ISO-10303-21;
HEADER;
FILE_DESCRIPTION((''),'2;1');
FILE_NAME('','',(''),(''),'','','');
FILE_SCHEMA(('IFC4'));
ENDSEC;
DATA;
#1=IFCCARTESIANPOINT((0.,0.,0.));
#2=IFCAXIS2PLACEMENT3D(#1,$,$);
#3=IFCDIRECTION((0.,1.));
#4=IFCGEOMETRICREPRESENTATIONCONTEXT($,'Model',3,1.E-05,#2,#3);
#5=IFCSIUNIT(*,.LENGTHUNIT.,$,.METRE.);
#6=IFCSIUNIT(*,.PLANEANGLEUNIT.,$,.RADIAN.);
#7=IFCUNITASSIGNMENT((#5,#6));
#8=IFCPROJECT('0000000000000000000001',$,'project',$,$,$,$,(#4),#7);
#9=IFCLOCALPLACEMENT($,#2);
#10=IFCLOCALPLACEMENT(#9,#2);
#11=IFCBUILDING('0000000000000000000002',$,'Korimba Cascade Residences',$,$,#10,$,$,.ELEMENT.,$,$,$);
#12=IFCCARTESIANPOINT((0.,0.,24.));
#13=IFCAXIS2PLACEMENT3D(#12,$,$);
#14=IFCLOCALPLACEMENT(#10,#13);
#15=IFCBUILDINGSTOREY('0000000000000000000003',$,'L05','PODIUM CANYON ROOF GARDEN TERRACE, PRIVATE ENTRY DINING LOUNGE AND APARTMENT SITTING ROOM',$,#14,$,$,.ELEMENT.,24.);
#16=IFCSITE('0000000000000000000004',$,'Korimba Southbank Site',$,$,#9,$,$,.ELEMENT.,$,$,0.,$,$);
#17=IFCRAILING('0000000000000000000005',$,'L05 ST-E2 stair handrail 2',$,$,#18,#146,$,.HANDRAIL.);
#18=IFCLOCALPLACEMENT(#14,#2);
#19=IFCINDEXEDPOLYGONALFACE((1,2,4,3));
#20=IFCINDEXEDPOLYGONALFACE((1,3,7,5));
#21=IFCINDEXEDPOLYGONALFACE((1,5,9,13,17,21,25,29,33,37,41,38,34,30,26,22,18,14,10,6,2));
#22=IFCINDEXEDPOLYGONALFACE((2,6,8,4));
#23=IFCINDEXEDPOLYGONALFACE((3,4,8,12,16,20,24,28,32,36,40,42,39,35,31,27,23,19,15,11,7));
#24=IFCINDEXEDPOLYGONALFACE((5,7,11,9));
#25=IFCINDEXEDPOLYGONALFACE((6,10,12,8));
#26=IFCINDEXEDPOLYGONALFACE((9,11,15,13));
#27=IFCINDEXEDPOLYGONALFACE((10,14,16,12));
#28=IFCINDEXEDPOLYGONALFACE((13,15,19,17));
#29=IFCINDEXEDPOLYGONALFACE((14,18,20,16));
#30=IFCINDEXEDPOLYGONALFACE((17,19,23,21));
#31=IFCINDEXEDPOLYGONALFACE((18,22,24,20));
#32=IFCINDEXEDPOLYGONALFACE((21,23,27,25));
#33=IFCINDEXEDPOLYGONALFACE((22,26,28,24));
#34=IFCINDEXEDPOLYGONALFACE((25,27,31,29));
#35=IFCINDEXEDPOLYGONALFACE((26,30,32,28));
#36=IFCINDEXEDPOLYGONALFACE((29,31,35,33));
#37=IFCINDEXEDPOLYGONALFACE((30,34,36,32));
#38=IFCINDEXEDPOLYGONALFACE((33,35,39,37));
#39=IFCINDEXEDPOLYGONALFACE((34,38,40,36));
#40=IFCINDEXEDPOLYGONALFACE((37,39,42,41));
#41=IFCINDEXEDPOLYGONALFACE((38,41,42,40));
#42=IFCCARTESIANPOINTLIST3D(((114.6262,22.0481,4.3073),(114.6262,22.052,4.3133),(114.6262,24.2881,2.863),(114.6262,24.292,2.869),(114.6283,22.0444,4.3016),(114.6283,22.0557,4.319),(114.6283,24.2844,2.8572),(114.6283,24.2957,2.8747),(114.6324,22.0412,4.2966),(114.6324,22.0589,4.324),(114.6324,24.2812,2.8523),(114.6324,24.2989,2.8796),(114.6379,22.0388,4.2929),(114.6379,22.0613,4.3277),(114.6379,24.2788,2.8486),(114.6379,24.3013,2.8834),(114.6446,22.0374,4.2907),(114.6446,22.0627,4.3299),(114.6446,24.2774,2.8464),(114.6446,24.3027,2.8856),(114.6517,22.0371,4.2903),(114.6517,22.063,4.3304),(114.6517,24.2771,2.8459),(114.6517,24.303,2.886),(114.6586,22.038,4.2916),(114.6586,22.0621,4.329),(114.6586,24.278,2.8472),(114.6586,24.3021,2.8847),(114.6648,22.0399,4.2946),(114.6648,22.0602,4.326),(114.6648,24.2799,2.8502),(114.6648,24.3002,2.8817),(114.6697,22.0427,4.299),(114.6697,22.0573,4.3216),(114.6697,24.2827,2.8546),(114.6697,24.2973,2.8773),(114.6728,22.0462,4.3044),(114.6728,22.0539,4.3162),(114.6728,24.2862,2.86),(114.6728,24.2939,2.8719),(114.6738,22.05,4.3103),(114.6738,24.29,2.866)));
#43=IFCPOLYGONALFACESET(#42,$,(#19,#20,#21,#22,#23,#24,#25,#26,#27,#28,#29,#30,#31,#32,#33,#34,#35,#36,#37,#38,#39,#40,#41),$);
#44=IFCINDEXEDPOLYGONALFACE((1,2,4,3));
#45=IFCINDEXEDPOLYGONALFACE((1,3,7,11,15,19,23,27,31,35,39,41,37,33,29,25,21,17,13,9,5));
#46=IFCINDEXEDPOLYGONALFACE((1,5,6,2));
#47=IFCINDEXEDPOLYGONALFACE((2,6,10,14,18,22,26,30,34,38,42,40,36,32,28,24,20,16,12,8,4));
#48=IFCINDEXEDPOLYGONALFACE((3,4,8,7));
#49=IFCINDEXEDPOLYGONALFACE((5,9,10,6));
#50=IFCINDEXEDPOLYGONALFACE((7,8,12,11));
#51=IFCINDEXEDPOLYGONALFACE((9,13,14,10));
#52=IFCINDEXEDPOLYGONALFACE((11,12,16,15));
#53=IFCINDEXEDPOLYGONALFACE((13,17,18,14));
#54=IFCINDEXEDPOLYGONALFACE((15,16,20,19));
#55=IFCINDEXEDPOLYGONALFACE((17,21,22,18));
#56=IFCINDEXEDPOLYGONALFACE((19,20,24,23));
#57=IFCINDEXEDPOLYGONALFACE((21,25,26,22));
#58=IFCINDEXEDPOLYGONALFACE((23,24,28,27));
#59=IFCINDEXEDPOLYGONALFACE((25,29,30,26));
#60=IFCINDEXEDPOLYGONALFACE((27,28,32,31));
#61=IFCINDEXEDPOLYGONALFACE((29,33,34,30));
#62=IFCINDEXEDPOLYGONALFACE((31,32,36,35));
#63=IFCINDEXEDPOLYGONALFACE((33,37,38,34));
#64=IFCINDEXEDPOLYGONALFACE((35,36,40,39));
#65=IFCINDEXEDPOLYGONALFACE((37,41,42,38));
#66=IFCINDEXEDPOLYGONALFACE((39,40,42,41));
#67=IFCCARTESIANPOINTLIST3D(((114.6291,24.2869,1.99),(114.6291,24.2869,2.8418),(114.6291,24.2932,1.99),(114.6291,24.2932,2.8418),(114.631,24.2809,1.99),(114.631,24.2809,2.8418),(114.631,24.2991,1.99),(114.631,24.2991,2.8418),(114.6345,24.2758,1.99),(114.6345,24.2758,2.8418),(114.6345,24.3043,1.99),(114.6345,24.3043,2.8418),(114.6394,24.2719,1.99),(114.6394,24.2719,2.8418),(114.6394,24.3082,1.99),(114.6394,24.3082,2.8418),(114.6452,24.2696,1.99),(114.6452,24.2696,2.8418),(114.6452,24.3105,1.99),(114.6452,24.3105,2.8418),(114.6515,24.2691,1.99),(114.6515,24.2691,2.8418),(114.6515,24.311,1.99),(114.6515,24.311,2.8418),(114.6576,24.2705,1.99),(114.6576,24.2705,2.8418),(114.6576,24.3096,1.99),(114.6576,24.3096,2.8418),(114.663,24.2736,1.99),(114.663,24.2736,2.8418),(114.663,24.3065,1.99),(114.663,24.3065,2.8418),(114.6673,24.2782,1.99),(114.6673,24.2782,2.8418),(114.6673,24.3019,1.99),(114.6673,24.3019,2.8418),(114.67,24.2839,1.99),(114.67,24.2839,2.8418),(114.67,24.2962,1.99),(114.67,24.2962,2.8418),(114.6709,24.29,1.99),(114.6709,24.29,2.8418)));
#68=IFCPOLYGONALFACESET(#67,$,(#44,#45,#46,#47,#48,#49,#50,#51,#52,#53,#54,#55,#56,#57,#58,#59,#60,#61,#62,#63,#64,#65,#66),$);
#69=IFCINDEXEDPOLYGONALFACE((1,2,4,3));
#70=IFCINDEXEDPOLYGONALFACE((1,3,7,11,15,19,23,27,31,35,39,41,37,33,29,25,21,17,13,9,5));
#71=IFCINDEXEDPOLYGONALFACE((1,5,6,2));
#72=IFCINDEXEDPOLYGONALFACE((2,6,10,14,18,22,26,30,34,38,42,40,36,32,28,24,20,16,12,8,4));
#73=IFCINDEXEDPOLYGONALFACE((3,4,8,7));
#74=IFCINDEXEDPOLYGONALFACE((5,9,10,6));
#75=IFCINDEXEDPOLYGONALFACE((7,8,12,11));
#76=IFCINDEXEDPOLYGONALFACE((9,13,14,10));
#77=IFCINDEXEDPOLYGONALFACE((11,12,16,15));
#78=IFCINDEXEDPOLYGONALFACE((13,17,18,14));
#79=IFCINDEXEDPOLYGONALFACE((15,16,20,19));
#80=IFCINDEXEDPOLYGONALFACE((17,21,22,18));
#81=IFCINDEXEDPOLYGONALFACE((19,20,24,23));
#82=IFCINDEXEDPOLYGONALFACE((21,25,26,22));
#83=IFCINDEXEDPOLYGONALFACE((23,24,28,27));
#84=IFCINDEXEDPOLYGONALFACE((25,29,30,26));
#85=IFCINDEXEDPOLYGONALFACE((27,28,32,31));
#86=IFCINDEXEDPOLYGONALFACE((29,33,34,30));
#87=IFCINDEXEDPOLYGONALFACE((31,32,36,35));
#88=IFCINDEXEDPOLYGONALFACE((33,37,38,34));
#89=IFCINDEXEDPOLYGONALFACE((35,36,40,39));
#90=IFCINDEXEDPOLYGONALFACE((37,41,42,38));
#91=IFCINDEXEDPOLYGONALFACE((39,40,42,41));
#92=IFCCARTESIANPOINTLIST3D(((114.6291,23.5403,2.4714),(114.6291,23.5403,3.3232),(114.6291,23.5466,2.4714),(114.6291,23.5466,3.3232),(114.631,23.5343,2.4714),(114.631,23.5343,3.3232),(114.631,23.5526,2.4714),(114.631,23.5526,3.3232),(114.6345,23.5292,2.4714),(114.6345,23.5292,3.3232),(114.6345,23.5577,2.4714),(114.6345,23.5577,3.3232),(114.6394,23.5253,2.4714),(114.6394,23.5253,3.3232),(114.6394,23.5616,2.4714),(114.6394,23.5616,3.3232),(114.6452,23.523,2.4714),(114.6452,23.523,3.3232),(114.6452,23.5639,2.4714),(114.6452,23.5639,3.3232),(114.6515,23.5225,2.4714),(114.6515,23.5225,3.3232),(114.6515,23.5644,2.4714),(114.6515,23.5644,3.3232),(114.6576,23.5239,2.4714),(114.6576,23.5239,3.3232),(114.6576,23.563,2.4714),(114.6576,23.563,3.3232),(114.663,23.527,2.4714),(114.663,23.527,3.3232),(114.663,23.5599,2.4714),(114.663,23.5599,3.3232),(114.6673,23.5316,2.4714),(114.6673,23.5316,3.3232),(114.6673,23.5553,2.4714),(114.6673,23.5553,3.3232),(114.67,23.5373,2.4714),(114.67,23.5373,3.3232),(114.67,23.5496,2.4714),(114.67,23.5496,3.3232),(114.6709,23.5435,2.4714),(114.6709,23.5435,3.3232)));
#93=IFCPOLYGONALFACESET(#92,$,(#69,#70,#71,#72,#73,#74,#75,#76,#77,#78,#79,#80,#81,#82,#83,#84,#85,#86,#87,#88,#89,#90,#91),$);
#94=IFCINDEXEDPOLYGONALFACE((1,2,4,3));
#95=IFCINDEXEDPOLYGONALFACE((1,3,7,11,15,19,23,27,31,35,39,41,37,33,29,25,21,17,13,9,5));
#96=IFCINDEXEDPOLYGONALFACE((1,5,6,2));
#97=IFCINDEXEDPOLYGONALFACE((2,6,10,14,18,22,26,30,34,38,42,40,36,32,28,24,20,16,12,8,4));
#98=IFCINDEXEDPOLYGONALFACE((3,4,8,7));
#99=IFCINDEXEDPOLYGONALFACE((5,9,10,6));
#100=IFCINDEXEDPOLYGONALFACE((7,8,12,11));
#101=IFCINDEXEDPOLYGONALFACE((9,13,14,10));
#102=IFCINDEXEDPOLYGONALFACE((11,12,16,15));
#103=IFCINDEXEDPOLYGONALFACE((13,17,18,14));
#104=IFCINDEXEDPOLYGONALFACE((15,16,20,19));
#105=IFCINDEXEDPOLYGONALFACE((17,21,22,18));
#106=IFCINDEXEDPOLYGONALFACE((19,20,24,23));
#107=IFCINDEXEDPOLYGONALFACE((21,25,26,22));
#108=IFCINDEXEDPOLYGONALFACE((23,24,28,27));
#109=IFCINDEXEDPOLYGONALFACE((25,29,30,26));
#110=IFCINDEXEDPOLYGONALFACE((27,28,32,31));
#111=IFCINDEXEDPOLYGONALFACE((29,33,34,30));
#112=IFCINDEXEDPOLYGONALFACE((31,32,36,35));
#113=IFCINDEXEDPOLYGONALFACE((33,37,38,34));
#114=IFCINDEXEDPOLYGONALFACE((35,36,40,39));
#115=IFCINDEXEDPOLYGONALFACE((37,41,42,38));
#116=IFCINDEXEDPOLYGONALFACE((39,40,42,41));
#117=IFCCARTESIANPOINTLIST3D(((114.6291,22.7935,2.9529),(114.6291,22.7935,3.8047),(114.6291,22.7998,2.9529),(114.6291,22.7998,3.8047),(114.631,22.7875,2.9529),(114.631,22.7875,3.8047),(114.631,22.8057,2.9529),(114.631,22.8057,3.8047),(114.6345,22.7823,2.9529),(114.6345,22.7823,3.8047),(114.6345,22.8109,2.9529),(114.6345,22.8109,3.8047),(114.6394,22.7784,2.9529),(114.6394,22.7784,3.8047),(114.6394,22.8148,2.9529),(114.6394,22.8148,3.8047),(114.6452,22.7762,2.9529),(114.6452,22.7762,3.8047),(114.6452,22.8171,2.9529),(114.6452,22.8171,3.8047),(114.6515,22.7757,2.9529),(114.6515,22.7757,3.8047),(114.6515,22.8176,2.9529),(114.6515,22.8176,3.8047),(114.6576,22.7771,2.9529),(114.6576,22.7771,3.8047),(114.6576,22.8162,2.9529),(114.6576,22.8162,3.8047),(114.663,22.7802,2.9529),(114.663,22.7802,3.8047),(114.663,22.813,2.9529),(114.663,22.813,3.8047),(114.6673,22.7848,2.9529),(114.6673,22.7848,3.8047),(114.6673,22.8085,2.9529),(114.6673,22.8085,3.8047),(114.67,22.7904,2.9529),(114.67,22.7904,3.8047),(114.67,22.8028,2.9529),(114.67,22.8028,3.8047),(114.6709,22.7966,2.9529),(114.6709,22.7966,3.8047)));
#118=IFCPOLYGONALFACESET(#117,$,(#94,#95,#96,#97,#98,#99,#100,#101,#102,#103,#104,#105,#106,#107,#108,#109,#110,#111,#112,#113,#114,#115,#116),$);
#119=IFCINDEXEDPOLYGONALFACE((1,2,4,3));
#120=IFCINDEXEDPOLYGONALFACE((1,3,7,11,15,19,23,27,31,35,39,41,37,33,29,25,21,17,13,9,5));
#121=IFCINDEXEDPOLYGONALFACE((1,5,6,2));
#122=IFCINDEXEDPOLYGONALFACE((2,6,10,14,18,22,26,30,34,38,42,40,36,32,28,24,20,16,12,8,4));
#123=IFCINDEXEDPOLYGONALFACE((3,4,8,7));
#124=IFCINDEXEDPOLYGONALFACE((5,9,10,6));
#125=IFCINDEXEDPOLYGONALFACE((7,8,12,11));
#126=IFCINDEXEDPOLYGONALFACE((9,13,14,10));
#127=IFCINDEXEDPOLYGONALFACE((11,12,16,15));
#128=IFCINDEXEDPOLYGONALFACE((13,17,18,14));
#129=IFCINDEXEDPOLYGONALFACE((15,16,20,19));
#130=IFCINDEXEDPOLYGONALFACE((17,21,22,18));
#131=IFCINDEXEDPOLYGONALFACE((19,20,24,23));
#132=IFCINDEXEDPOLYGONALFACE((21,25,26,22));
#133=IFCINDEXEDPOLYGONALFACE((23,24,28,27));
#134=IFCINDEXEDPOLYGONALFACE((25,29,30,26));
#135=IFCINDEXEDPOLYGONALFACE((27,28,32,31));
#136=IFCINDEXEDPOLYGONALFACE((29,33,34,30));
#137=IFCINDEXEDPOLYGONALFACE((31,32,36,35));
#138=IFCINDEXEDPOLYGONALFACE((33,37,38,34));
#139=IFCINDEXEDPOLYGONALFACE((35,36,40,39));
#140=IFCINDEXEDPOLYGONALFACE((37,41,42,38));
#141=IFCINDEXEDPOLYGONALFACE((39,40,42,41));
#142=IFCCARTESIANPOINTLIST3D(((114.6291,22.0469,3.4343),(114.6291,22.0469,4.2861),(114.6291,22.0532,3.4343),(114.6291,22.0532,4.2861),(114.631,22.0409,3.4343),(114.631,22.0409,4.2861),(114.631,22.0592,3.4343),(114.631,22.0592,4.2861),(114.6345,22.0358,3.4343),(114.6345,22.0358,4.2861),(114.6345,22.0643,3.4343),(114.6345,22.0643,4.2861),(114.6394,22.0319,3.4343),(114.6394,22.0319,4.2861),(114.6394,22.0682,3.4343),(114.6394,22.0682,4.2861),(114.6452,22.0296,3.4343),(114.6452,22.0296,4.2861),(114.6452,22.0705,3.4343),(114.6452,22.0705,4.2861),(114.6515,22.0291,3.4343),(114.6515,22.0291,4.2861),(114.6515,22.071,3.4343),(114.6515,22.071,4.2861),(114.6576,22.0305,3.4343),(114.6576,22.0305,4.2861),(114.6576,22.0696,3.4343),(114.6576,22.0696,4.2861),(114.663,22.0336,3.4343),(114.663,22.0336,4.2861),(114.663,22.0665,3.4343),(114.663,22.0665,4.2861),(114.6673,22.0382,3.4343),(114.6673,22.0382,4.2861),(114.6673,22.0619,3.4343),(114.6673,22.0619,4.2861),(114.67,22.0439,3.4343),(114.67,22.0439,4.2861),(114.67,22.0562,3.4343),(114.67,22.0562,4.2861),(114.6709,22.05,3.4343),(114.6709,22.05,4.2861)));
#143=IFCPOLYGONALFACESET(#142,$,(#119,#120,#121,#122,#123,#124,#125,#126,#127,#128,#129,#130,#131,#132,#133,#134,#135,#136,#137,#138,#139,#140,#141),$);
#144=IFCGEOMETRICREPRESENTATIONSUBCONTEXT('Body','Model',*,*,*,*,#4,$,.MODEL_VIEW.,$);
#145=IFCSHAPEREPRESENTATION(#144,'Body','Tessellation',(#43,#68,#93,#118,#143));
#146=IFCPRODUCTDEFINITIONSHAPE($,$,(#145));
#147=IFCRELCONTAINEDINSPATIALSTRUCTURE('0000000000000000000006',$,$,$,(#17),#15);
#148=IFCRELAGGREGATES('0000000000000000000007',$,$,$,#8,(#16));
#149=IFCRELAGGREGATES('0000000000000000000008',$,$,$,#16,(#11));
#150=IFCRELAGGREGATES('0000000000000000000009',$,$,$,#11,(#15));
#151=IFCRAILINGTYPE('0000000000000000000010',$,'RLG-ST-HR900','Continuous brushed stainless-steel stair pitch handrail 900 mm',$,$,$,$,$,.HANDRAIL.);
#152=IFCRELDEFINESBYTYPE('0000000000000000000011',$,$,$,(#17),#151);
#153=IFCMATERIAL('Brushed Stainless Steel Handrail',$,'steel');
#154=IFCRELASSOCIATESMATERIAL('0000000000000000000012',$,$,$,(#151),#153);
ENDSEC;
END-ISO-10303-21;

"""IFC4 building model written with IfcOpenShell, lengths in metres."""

from ifc_helpers import new_model, si_unit, direction, frame, origin, origin_2d, place, context, subcontext, project, spatial, circle, extrude, material, type_object, element, save


model = new_model("IFC4")

# Units and contexts
model_context = context("Model", 3, precision=1e-05, world=origin(), true_north=direction((0.0, 1.0)))
body_context = subcontext(model_context, "Body", "Model", "MODEL_VIEW")
ifc_project = project(units=[si_unit("LENGTHUNIT", "METRE"), si_unit("PLANEANGLEUNIT", "RADIAN")], contexts=[model_context])

# Site, building, storey
site_placement = place(None, origin())
site = spatial("IfcSite", under=ifc_project, at=site_placement, Name="Korimba Southbank Site", CompositionType="ELEMENT", RefElevation=0.0)
building_placement = place(site_placement, origin())
building = spatial("IfcBuilding", under=site, at=building_placement, Name="Korimba Cascade Residences", CompositionType="ELEMENT")
storey_placement = place(building_placement, frame((0.0, 0.0, 24.0)))
storey = spatial("IfcBuildingStorey", under=building, at=storey_placement, Name="L05", Description="PODIUM CANYON ROOF GARDEN TERRACE, PRIVATE ENTRY DINING LOUNGE AND APARTMENT SITTING ROOM", CompositionType="ELEMENT", Elevation=24.0)

# Railing
ifc_material_1 = material(Name="Brushed Stainless Steel Handrail", Category="steel")
railing_type_1 = type_object("IfcRailingType", Name="RLG-ST-HR900", Description="Continuous brushed stainless-steel stair pitch handrail 900 mm", PredefinedType="HANDRAIL", material=ifc_material_1)
railing_1_placement = place(storey_placement, frame((114.6499, 24.29, 1.99)))
element("IfcRailing", 1, at=railing_1_placement, inside=storey, type_object=railing_type_1, Name="L05 ST-E2 stair handrail 2", PredefinedType="HANDRAIL", context=body_context, shape_type="SweptSolid", body=[
    extrude(circle(Radius=0.0239, at=origin_2d()), frame((0.0, 0.0, 0.876), z_axis=(0.0, -0.840437, 0.54191), x_axis=(1.0, 0.0, 0.0)), (0.0, 0.0, 1.0), 2.6653),
    extrude(circle(Radius=0.021, at=origin_2d()), origin(), (0.0, 0.0, 1.0), 0.8518),
    extrude(circle(Radius=0.021, at=origin_2d()), frame((0.0, -0.7466, 0.4814)), (0.0, 0.0, 1.0), 0.8518),
    extrude(circle(Radius=0.021, at=origin_2d()), frame((0.0, -1.4934, 0.9629)), (0.0, 0.0, 1.0), 0.8518),
    extrude(circle(Radius=0.021, at=origin_2d()), frame((0.0, -2.24, 1.4443)), (0.0, 0.0, 1.0), 0.8518),
])

save(model, "model.ifc")
